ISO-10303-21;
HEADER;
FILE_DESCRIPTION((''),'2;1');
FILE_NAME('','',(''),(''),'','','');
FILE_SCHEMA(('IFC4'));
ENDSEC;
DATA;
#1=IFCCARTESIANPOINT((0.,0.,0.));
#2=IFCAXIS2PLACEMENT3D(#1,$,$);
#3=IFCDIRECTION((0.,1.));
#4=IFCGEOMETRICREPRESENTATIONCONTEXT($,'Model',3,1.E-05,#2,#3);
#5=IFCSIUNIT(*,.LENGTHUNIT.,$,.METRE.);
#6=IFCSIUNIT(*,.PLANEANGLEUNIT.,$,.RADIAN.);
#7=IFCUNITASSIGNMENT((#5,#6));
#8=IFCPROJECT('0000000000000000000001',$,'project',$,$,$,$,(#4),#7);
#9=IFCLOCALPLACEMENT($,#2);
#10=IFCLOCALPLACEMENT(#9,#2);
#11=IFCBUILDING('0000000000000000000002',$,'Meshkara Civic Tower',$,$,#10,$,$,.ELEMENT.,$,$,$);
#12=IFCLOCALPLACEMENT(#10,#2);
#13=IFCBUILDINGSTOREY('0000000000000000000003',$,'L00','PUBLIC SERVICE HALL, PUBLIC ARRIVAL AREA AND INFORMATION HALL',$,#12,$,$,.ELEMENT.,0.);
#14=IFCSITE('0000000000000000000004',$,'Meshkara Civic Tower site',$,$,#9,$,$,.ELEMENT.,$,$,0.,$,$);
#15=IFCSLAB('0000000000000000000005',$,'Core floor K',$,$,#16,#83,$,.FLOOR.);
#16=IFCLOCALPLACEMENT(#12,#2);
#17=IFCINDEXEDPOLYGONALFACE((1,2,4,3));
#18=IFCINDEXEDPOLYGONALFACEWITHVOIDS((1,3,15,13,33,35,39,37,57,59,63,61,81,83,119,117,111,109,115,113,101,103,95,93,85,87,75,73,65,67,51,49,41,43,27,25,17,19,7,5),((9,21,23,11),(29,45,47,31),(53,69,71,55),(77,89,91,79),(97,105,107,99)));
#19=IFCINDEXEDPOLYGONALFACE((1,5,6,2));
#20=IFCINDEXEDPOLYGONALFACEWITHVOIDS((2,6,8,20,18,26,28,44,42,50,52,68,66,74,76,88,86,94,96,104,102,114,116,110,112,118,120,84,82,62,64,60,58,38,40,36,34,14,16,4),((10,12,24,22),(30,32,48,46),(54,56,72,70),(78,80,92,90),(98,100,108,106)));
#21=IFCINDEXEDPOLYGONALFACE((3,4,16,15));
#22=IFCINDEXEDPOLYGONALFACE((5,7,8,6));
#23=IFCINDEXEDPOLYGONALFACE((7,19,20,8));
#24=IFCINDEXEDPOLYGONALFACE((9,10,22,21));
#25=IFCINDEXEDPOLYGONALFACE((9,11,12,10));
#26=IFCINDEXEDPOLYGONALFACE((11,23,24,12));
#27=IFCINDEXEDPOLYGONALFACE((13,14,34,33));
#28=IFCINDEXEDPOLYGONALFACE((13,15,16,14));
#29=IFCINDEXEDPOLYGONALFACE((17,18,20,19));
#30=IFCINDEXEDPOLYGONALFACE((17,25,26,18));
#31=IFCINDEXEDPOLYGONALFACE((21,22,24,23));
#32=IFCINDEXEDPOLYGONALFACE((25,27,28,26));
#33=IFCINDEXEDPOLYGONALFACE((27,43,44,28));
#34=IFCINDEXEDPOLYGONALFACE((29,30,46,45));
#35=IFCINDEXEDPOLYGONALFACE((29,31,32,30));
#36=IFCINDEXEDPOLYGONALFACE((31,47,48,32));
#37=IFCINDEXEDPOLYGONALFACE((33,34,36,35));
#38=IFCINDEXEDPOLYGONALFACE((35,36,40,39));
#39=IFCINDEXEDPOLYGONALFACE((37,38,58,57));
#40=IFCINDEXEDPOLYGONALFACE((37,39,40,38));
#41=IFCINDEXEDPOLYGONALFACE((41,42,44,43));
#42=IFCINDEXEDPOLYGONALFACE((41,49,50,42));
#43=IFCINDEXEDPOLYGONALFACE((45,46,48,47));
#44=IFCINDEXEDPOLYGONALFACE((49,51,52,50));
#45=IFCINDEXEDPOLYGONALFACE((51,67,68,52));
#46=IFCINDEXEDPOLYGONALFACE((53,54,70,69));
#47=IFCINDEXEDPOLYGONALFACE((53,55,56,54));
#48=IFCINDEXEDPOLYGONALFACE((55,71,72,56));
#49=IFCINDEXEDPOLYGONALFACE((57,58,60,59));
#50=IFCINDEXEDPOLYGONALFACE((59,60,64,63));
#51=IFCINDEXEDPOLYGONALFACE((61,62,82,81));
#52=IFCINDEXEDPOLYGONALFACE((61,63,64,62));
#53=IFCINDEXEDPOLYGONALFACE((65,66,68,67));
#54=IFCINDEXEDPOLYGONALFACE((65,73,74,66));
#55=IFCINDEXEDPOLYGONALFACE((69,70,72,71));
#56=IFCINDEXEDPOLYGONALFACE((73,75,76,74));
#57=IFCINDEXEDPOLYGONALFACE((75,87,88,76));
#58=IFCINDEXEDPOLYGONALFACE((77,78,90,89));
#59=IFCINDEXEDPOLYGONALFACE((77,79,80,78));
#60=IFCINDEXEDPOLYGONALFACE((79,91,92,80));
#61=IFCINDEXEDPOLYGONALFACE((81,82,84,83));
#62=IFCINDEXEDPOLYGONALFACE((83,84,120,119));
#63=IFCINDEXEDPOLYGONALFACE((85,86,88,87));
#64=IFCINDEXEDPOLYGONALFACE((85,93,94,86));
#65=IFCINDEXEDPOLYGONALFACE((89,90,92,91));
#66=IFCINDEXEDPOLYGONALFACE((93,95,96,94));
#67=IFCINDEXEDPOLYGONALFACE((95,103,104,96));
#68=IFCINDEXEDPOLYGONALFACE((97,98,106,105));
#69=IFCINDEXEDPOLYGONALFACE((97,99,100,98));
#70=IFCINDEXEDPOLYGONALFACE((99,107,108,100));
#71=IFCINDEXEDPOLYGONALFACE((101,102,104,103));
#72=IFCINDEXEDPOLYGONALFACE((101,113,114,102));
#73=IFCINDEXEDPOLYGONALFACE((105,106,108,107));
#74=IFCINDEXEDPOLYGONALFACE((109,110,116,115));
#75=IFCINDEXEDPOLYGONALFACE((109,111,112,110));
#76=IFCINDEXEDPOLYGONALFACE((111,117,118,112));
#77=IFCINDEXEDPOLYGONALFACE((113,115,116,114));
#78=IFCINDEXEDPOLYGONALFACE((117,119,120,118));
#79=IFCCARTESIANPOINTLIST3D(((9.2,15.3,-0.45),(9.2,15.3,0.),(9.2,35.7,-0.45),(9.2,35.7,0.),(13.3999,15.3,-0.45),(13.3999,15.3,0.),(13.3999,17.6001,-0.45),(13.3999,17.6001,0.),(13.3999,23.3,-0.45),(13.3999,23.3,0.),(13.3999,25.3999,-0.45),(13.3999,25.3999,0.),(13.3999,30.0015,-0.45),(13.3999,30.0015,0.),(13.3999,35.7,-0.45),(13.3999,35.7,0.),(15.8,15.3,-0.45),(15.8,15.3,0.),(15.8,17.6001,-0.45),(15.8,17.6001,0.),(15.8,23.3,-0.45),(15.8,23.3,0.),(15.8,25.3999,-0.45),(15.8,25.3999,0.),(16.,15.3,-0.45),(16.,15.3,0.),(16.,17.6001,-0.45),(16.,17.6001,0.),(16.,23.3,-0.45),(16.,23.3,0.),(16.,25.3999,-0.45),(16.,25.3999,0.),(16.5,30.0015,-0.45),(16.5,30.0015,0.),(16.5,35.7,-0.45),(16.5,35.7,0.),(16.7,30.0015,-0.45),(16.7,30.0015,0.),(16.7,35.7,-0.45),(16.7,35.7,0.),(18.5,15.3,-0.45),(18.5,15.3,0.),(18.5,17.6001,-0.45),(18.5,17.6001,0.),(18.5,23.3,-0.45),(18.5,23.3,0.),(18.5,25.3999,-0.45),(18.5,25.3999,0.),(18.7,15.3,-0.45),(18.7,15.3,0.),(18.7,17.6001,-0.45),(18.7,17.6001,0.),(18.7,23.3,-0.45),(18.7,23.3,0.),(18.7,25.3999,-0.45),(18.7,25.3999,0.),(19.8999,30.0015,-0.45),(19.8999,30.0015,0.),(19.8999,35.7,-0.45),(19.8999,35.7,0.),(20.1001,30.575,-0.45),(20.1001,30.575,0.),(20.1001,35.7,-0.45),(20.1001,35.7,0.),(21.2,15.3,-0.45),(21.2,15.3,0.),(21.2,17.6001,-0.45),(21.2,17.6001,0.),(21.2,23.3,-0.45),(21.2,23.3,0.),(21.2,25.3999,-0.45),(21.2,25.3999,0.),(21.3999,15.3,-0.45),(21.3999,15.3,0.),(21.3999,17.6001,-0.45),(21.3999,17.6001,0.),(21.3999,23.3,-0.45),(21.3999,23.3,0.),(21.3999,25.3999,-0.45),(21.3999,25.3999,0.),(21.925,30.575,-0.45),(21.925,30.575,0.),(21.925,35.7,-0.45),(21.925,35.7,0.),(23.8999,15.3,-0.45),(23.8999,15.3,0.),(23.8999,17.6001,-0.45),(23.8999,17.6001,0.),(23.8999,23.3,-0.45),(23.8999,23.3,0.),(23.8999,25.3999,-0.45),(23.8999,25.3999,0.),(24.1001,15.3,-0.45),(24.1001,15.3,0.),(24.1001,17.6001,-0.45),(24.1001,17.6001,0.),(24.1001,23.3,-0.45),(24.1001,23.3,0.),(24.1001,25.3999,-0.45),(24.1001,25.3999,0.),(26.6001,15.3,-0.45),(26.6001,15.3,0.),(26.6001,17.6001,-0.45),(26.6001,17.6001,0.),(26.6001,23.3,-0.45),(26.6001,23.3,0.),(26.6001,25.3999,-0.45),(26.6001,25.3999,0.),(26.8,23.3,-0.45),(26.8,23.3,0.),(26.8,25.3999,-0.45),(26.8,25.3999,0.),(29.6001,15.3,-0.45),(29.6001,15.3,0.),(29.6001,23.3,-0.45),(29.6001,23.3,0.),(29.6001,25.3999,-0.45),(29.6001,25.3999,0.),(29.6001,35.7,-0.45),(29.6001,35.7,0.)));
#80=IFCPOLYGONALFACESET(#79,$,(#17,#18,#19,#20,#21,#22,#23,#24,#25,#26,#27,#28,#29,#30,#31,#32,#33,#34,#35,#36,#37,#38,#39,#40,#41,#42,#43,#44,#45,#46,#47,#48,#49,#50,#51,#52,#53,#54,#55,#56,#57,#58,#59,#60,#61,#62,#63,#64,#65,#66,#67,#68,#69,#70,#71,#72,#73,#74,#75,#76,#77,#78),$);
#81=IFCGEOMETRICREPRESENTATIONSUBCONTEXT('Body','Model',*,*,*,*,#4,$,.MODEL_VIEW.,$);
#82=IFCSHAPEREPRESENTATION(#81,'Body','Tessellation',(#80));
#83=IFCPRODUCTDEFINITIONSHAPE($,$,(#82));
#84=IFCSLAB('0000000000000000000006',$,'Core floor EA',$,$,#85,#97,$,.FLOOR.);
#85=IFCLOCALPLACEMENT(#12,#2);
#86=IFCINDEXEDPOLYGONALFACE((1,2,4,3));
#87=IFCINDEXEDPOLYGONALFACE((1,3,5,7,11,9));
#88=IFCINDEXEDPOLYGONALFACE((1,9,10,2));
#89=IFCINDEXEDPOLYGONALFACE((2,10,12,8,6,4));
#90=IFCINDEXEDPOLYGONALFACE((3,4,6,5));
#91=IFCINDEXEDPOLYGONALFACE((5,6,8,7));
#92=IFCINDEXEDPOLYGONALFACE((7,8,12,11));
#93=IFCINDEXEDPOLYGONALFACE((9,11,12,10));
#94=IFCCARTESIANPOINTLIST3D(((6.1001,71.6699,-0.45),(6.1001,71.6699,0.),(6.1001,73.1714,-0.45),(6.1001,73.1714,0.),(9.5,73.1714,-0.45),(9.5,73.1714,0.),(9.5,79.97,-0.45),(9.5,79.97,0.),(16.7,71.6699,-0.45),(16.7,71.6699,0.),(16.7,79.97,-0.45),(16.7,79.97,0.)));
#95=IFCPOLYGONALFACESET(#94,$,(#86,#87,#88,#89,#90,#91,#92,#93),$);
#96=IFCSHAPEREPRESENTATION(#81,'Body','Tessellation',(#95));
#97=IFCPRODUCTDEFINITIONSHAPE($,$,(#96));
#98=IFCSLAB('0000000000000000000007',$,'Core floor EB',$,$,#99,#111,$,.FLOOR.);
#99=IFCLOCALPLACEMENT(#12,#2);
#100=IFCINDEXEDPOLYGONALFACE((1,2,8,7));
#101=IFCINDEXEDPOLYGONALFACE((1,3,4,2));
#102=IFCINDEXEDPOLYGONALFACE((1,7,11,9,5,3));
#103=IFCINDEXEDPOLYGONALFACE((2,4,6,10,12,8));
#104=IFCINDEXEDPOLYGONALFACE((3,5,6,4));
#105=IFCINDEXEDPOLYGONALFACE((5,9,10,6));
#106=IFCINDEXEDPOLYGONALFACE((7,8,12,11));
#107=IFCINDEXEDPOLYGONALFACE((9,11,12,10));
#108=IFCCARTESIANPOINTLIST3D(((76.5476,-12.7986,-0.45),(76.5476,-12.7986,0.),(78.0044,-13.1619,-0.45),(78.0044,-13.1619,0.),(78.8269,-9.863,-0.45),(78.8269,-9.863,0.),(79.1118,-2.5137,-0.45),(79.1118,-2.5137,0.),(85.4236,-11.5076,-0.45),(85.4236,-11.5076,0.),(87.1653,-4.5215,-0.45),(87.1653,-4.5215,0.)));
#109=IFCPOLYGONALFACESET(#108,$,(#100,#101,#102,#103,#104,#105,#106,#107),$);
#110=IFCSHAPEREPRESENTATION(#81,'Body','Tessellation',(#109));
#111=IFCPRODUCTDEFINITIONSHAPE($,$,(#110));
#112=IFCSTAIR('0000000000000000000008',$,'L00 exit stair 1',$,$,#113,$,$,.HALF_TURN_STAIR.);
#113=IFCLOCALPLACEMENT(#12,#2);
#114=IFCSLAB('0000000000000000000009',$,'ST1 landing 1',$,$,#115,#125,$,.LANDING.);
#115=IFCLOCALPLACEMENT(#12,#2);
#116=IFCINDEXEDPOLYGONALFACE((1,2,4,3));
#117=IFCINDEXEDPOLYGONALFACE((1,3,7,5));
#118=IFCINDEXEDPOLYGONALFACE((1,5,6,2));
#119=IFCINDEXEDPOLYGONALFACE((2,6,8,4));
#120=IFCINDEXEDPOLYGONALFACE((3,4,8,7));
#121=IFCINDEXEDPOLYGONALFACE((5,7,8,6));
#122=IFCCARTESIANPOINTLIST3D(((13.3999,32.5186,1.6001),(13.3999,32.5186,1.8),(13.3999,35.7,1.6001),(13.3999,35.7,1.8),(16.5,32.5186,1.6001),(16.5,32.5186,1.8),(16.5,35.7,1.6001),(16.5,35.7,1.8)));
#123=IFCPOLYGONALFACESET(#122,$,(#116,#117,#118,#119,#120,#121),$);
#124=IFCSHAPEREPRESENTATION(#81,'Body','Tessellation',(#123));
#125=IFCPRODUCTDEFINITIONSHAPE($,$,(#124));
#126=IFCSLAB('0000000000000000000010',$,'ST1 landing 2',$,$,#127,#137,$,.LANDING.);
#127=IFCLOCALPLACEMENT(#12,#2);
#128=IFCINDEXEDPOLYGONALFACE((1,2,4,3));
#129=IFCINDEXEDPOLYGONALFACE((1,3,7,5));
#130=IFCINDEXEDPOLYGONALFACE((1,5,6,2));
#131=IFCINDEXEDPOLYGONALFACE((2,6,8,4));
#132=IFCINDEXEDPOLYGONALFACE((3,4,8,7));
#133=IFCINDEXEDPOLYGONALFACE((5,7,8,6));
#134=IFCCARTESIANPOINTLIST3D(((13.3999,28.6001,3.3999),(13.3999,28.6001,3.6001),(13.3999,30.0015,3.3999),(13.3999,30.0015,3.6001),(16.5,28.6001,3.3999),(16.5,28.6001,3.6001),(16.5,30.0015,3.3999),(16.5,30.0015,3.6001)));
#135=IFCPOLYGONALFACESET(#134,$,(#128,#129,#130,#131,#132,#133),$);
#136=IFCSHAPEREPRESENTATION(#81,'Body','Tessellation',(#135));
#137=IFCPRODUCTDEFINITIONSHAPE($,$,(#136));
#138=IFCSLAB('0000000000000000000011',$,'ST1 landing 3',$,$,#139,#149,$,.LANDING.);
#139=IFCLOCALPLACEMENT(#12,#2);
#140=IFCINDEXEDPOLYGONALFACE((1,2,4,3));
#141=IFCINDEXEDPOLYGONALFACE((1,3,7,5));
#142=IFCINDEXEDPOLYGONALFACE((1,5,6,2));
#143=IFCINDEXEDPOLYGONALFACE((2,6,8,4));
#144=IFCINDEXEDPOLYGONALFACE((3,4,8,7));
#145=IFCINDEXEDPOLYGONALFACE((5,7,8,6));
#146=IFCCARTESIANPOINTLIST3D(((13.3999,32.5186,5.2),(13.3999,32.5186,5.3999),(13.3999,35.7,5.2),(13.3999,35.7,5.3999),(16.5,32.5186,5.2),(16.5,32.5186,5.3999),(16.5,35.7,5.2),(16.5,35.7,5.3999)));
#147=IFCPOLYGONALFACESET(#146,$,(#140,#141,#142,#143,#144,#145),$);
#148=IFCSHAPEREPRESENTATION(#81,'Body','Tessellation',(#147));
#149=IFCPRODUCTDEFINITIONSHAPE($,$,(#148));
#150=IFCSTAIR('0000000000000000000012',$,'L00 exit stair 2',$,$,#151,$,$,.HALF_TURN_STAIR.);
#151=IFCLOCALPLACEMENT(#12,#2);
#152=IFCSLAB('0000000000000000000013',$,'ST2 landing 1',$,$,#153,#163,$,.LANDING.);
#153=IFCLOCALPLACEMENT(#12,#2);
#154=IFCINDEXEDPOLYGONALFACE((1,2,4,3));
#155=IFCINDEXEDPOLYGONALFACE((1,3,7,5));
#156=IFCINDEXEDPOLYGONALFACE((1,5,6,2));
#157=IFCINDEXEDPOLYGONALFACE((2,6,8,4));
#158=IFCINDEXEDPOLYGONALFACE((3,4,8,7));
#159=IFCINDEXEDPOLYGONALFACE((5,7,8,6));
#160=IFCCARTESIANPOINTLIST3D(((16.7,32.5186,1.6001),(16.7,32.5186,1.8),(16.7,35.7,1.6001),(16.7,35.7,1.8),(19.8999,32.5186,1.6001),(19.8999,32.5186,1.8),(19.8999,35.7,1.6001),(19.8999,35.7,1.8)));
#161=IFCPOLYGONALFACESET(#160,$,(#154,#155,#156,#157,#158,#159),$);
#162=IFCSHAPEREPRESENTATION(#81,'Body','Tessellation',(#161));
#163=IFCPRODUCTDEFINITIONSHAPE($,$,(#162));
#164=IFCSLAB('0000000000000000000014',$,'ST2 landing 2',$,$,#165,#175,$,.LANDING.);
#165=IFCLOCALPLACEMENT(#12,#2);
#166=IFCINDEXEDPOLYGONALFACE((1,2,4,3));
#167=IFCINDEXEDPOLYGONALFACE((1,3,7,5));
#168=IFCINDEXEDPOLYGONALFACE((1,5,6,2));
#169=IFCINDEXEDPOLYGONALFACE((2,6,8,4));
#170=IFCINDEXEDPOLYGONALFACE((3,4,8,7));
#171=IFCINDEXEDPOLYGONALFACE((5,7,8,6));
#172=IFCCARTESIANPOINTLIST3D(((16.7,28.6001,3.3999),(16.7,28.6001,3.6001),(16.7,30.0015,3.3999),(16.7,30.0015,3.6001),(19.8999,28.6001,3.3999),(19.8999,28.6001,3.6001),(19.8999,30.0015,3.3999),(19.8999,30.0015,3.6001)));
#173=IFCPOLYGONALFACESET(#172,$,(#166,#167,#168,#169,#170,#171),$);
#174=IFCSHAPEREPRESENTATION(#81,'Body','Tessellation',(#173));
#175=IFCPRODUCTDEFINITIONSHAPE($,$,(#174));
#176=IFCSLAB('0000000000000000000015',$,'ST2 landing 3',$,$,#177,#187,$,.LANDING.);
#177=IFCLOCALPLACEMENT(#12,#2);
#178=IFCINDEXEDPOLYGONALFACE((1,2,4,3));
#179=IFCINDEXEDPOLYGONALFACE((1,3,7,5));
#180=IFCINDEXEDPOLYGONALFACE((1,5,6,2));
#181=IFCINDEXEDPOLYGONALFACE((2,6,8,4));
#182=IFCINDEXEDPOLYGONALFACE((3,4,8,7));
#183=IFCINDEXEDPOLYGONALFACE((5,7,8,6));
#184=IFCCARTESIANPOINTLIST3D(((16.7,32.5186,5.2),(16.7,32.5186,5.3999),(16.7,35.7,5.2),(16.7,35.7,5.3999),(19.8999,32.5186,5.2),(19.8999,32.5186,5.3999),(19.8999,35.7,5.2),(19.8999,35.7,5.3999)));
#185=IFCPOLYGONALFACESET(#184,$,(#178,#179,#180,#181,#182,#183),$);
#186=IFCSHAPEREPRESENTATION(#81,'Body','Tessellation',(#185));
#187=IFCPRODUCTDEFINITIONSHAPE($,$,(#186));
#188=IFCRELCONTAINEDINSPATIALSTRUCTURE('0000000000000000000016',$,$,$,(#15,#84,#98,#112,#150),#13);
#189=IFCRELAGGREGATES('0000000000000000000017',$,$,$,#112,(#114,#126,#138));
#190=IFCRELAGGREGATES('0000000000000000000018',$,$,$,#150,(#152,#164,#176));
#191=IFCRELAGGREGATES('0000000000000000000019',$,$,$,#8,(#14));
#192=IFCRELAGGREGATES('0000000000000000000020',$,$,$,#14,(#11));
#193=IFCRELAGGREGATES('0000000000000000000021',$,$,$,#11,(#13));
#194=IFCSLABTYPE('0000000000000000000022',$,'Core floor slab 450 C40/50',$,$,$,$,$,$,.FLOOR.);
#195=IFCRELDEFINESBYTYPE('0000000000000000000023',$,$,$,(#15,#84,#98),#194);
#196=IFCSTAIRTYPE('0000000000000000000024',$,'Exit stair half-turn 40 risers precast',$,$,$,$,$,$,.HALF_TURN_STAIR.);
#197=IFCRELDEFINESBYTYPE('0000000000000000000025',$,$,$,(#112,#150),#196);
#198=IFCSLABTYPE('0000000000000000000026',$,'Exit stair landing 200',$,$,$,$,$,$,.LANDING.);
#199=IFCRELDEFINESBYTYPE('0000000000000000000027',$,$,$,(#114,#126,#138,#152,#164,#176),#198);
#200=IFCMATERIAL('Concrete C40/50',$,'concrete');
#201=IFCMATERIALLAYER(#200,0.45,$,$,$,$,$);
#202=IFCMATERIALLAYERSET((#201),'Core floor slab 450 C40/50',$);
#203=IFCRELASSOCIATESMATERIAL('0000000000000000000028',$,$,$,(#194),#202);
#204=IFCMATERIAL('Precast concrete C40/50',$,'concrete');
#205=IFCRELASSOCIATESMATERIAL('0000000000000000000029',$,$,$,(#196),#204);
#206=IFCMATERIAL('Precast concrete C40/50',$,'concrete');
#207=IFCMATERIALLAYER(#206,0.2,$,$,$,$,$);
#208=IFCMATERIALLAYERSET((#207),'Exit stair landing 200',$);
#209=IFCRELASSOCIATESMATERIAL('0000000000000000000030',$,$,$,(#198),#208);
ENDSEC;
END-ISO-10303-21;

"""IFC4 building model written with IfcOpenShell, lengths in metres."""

from ifc_helpers import new_model, si_unit, direction, frame, origin, place, context, subcontext, project, spatial, polyline, outline, extrude, material, layer, layer_set, type_object, element, aggregate, save


model = new_model("IFC4")

# Units and contexts
model_context = context("Model", 3, precision=1e-05, world=origin(), true_north=direction((0.0, 1.0)))
body_context = subcontext(model_context, "Body", "Model", "MODEL_VIEW")
ifc_project = project(units=[si_unit("LENGTHUNIT", "METRE"), si_unit("PLANEANGLEUNIT", "RADIAN")], contexts=[model_context])

# Site, building, storey
site_placement = place(None, origin())
site = spatial("IfcSite", under=ifc_project, at=site_placement, Name="Meshkara Civic Tower site", CompositionType="ELEMENT", RefElevation=0.0)
building_placement = place(site_placement, origin())
building = spatial("IfcBuilding", under=site, at=building_placement, Name="Meshkara Civic Tower", CompositionType="ELEMENT")
storey_placement = place(building_placement, origin())
storey = spatial("IfcBuildingStorey", under=building, at=storey_placement, Name="L00", Description="PUBLIC SERVICE HALL, PUBLIC ARRIVAL AREA AND INFORMATION HALL", CompositionType="ELEMENT", Elevation=0.0)

# Slabs
ifc_material_1 = material(Name="Concrete C40/50", Category="concrete")
ifc_layer_1 = layer(ifc_material_1, 0.45)
ifc_layer_set_1 = layer_set([ifc_layer_1], Name="Core floor slab 450 C40/50")
slab_type_1 = type_object("IfcSlabType", Name="Core floor slab 450 C40/50", PredefinedType="FLOOR", material=ifc_layer_set_1)
slab_1_placement = place(storey_placement, frame((0.0, 0.0, -0.45)))
element("IfcSlab", 1, at=slab_1_placement, inside=storey, type_object=slab_type_1, Name="Core floor K", PredefinedType="FLOOR", context=body_context, shape_type="SweptSolid", body=[
    extrude(outline(polyline([(9.2, 35.7), (13.3999, 35.7), (13.3999, 30.0015), (16.5, 30.0015), (16.5, 35.7), (16.7, 35.7), (16.7, 30.0015), (19.8999, 30.0015), (19.8999, 35.7), (20.1001, 35.7), (20.1001, 30.575), (21.925, 30.575), (21.925, 35.7), (29.6001, 35.7), (29.6001, 25.3999), (26.8, 25.3999), (26.8, 23.3), (29.6001, 23.3), (29.6001, 15.3), (26.6001, 15.3), (26.6001, 17.6001), (24.1001, 17.6001), (24.1001, 15.3), (23.8999, 15.3), (23.8999, 17.6001), (21.3999, 17.6001), (21.3999, 15.3), (21.2, 15.3), (21.2, 17.6001), (18.7, 17.6001), (18.7, 15.3), (18.5, 15.3), (18.5, 17.6001), (16.0, 17.6001), (16.0, 15.3), (15.8, 15.3), (15.8, 17.6001), (13.3999, 17.6001), (13.3999, 15.3), (9.2, 15.3), (9.2, 35.7)]), holes=[polyline([(13.3999, 25.3999), (13.3999, 23.3), (15.8, 23.3), (15.8, 25.3999), (13.3999, 25.3999)]), polyline([(18.5, 23.3), (18.5, 25.3999), (16.0, 25.3999), (16.0, 23.3), (18.5, 23.3)]), polyline([(18.7, 25.3999), (18.7, 23.3), (21.2, 23.3), (21.2, 25.3999), (18.7, 25.3999)]), polyline([(23.8999, 25.3999), (21.3999, 25.3999), (21.3999, 23.3), (23.8999, 23.3), (23.8999, 25.3999)]), polyline([(24.1001, 23.3), (26.6001, 23.3), (26.6001, 25.3999), (24.1001, 25.3999), (24.1001, 23.3)])]), origin(), (0.0, 0.0, 1.0), 0.45),
])
slab_2_placement = place(storey_placement, frame((0.0, 0.0, -0.45)))
element("IfcSlab", 2, at=slab_2_placement, inside=storey, type_object=slab_type_1, Name="Core floor EA", PredefinedType="FLOOR", context=body_context, shape_type="SweptSolid", body=[
    extrude(outline(polyline([(16.7, 71.6699), (16.7, 79.97), (9.5, 79.97), (9.5, 73.1714), (6.1001, 73.1714), (6.1001, 71.6699), (16.7, 71.6699)])), origin(), (0.0, 0.0, 1.0), 0.45),
])
slab_3_placement = place(storey_placement, frame((0.0, 0.0, -0.45)))
element("IfcSlab", 3, at=slab_3_placement, inside=storey, type_object=slab_type_1, Name="Core floor EB", PredefinedType="FLOOR", context=body_context, shape_type="SweptSolid", body=[
    extrude(outline(polyline([(79.1118, -2.5137), (87.1653, -4.5215), (85.4236, -11.5076), (78.8269, -9.863), (78.0044, -13.1619), (76.5476, -12.7986), (79.1118, -2.5137)])), origin(), (0.0, 0.0, 1.0), 0.45),
])

# Stairs, slabs
ifc_material_2 = material(Name="Precast concrete C40/50", Category="concrete")
stair_type_1 = type_object("IfcStairType", Name="Exit stair half-turn 40 risers precast", PredefinedType="HALF_TURN_STAIR", material=ifc_material_2)
stair_1_placement = place(storey_placement, origin())
stair_1 = element("IfcStair", 4, at=stair_1_placement, inside=storey, type_object=stair_type_1, Name="L00 exit stair 1", PredefinedType="HALF_TURN_STAIR")
ifc_material_3 = material(Name="Precast concrete C40/50", Category="concrete")
ifc_layer_2 = layer(ifc_material_3, 0.2)
ifc_layer_set_2 = layer_set([ifc_layer_2], Name="Exit stair landing 200")
slab_type_2 = type_object("IfcSlabType", Name="Exit stair landing 200", PredefinedType="LANDING", material=ifc_layer_set_2)
slab_4_placement = place(storey_placement, frame((0.0, 0.0, 1.6001)))
slab_4 = element("IfcSlab", 5, at=slab_4_placement, type_object=slab_type_2, Name="ST1 landing 1", PredefinedType="LANDING", context=body_context, shape_type="SweptSolid", body=[
    extrude(outline(polyline([(16.5, 32.5186), (16.5, 35.7), (13.3999, 35.7), (13.3999, 32.5186), (16.5, 32.5186)])), origin(), (0.0, 0.0, 1.0), 0.2),
])
slab_5_placement = place(storey_placement, frame((0.0, 0.0, 3.3999)))
slab_5 = element("IfcSlab", 6, at=slab_5_placement, type_object=slab_type_2, Name="ST1 landing 2", PredefinedType="LANDING", context=body_context, shape_type="SweptSolid", body=[
    extrude(outline(polyline([(16.5, 28.6001), (16.5, 30.0015), (13.3999, 30.0015), (13.3999, 28.6001), (16.5, 28.6001)])), origin(), (0.0, 0.0, 1.0), 0.2002),
])
slab_6_placement = place(storey_placement, frame((0.0, 0.0, 5.2)))
slab_6 = element("IfcSlab", 7, at=slab_6_placement, type_object=slab_type_2, Name="ST1 landing 3", PredefinedType="LANDING", context=body_context, shape_type="SweptSolid", body=[
    extrude(outline(polyline([(16.5, 32.5186), (16.5, 35.7), (13.3999, 35.7), (13.3999, 32.5186), (16.5, 32.5186)])), origin(), (0.0, 0.0, 1.0), 0.2),
])
aggregate(stair_1, [slab_4, slab_5, slab_6])
stair_2_placement = place(storey_placement, origin())
stair_2 = element("IfcStair", 8, at=stair_2_placement, inside=storey, type_object=stair_type_1, Name="L00 exit stair 2", PredefinedType="HALF_TURN_STAIR")
slab_7_placement = place(storey_placement, frame((0.0, 0.0, 1.6001)))
slab_7 = element("IfcSlab", 9, at=slab_7_placement, type_object=slab_type_2, Name="ST2 landing 1", PredefinedType="LANDING", context=body_context, shape_type="SweptSolid", body=[
    extrude(outline(polyline([(19.8999, 32.5186), (19.8999, 35.7), (16.7, 35.7), (16.7, 32.5186), (19.8999, 32.5186)])), origin(), (0.0, 0.0, 1.0), 0.2),
])
slab_8_placement = place(storey_placement, frame((0.0, 0.0, 3.3999)))
slab_8 = element("IfcSlab", 10, at=slab_8_placement, type_object=slab_type_2, Name="ST2 landing 2", PredefinedType="LANDING", context=body_context, shape_type="SweptSolid", body=[
    extrude(outline(polyline([(19.8999, 28.6001), (19.8999, 30.0015), (16.7, 30.0015), (16.7, 28.6001), (19.8999, 28.6001)])), origin(), (0.0, 0.0, 1.0), 0.2002),
])
slab_9_placement = place(storey_placement, frame((0.0, 0.0, 5.2)))
slab_9 = element("IfcSlab", 11, at=slab_9_placement, type_object=slab_type_2, Name="ST2 landing 3", PredefinedType="LANDING", context=body_context, shape_type="SweptSolid", body=[
    extrude(outline(polyline([(19.8999, 32.5186), (19.8999, 35.7), (16.7, 35.7), (16.7, 32.5186), (19.8999, 32.5186)])), origin(), (0.0, 0.0, 1.0), 0.2),
])
aggregate(stair_2, [slab_7, slab_8, slab_9])

save(model, "model.ifc")
